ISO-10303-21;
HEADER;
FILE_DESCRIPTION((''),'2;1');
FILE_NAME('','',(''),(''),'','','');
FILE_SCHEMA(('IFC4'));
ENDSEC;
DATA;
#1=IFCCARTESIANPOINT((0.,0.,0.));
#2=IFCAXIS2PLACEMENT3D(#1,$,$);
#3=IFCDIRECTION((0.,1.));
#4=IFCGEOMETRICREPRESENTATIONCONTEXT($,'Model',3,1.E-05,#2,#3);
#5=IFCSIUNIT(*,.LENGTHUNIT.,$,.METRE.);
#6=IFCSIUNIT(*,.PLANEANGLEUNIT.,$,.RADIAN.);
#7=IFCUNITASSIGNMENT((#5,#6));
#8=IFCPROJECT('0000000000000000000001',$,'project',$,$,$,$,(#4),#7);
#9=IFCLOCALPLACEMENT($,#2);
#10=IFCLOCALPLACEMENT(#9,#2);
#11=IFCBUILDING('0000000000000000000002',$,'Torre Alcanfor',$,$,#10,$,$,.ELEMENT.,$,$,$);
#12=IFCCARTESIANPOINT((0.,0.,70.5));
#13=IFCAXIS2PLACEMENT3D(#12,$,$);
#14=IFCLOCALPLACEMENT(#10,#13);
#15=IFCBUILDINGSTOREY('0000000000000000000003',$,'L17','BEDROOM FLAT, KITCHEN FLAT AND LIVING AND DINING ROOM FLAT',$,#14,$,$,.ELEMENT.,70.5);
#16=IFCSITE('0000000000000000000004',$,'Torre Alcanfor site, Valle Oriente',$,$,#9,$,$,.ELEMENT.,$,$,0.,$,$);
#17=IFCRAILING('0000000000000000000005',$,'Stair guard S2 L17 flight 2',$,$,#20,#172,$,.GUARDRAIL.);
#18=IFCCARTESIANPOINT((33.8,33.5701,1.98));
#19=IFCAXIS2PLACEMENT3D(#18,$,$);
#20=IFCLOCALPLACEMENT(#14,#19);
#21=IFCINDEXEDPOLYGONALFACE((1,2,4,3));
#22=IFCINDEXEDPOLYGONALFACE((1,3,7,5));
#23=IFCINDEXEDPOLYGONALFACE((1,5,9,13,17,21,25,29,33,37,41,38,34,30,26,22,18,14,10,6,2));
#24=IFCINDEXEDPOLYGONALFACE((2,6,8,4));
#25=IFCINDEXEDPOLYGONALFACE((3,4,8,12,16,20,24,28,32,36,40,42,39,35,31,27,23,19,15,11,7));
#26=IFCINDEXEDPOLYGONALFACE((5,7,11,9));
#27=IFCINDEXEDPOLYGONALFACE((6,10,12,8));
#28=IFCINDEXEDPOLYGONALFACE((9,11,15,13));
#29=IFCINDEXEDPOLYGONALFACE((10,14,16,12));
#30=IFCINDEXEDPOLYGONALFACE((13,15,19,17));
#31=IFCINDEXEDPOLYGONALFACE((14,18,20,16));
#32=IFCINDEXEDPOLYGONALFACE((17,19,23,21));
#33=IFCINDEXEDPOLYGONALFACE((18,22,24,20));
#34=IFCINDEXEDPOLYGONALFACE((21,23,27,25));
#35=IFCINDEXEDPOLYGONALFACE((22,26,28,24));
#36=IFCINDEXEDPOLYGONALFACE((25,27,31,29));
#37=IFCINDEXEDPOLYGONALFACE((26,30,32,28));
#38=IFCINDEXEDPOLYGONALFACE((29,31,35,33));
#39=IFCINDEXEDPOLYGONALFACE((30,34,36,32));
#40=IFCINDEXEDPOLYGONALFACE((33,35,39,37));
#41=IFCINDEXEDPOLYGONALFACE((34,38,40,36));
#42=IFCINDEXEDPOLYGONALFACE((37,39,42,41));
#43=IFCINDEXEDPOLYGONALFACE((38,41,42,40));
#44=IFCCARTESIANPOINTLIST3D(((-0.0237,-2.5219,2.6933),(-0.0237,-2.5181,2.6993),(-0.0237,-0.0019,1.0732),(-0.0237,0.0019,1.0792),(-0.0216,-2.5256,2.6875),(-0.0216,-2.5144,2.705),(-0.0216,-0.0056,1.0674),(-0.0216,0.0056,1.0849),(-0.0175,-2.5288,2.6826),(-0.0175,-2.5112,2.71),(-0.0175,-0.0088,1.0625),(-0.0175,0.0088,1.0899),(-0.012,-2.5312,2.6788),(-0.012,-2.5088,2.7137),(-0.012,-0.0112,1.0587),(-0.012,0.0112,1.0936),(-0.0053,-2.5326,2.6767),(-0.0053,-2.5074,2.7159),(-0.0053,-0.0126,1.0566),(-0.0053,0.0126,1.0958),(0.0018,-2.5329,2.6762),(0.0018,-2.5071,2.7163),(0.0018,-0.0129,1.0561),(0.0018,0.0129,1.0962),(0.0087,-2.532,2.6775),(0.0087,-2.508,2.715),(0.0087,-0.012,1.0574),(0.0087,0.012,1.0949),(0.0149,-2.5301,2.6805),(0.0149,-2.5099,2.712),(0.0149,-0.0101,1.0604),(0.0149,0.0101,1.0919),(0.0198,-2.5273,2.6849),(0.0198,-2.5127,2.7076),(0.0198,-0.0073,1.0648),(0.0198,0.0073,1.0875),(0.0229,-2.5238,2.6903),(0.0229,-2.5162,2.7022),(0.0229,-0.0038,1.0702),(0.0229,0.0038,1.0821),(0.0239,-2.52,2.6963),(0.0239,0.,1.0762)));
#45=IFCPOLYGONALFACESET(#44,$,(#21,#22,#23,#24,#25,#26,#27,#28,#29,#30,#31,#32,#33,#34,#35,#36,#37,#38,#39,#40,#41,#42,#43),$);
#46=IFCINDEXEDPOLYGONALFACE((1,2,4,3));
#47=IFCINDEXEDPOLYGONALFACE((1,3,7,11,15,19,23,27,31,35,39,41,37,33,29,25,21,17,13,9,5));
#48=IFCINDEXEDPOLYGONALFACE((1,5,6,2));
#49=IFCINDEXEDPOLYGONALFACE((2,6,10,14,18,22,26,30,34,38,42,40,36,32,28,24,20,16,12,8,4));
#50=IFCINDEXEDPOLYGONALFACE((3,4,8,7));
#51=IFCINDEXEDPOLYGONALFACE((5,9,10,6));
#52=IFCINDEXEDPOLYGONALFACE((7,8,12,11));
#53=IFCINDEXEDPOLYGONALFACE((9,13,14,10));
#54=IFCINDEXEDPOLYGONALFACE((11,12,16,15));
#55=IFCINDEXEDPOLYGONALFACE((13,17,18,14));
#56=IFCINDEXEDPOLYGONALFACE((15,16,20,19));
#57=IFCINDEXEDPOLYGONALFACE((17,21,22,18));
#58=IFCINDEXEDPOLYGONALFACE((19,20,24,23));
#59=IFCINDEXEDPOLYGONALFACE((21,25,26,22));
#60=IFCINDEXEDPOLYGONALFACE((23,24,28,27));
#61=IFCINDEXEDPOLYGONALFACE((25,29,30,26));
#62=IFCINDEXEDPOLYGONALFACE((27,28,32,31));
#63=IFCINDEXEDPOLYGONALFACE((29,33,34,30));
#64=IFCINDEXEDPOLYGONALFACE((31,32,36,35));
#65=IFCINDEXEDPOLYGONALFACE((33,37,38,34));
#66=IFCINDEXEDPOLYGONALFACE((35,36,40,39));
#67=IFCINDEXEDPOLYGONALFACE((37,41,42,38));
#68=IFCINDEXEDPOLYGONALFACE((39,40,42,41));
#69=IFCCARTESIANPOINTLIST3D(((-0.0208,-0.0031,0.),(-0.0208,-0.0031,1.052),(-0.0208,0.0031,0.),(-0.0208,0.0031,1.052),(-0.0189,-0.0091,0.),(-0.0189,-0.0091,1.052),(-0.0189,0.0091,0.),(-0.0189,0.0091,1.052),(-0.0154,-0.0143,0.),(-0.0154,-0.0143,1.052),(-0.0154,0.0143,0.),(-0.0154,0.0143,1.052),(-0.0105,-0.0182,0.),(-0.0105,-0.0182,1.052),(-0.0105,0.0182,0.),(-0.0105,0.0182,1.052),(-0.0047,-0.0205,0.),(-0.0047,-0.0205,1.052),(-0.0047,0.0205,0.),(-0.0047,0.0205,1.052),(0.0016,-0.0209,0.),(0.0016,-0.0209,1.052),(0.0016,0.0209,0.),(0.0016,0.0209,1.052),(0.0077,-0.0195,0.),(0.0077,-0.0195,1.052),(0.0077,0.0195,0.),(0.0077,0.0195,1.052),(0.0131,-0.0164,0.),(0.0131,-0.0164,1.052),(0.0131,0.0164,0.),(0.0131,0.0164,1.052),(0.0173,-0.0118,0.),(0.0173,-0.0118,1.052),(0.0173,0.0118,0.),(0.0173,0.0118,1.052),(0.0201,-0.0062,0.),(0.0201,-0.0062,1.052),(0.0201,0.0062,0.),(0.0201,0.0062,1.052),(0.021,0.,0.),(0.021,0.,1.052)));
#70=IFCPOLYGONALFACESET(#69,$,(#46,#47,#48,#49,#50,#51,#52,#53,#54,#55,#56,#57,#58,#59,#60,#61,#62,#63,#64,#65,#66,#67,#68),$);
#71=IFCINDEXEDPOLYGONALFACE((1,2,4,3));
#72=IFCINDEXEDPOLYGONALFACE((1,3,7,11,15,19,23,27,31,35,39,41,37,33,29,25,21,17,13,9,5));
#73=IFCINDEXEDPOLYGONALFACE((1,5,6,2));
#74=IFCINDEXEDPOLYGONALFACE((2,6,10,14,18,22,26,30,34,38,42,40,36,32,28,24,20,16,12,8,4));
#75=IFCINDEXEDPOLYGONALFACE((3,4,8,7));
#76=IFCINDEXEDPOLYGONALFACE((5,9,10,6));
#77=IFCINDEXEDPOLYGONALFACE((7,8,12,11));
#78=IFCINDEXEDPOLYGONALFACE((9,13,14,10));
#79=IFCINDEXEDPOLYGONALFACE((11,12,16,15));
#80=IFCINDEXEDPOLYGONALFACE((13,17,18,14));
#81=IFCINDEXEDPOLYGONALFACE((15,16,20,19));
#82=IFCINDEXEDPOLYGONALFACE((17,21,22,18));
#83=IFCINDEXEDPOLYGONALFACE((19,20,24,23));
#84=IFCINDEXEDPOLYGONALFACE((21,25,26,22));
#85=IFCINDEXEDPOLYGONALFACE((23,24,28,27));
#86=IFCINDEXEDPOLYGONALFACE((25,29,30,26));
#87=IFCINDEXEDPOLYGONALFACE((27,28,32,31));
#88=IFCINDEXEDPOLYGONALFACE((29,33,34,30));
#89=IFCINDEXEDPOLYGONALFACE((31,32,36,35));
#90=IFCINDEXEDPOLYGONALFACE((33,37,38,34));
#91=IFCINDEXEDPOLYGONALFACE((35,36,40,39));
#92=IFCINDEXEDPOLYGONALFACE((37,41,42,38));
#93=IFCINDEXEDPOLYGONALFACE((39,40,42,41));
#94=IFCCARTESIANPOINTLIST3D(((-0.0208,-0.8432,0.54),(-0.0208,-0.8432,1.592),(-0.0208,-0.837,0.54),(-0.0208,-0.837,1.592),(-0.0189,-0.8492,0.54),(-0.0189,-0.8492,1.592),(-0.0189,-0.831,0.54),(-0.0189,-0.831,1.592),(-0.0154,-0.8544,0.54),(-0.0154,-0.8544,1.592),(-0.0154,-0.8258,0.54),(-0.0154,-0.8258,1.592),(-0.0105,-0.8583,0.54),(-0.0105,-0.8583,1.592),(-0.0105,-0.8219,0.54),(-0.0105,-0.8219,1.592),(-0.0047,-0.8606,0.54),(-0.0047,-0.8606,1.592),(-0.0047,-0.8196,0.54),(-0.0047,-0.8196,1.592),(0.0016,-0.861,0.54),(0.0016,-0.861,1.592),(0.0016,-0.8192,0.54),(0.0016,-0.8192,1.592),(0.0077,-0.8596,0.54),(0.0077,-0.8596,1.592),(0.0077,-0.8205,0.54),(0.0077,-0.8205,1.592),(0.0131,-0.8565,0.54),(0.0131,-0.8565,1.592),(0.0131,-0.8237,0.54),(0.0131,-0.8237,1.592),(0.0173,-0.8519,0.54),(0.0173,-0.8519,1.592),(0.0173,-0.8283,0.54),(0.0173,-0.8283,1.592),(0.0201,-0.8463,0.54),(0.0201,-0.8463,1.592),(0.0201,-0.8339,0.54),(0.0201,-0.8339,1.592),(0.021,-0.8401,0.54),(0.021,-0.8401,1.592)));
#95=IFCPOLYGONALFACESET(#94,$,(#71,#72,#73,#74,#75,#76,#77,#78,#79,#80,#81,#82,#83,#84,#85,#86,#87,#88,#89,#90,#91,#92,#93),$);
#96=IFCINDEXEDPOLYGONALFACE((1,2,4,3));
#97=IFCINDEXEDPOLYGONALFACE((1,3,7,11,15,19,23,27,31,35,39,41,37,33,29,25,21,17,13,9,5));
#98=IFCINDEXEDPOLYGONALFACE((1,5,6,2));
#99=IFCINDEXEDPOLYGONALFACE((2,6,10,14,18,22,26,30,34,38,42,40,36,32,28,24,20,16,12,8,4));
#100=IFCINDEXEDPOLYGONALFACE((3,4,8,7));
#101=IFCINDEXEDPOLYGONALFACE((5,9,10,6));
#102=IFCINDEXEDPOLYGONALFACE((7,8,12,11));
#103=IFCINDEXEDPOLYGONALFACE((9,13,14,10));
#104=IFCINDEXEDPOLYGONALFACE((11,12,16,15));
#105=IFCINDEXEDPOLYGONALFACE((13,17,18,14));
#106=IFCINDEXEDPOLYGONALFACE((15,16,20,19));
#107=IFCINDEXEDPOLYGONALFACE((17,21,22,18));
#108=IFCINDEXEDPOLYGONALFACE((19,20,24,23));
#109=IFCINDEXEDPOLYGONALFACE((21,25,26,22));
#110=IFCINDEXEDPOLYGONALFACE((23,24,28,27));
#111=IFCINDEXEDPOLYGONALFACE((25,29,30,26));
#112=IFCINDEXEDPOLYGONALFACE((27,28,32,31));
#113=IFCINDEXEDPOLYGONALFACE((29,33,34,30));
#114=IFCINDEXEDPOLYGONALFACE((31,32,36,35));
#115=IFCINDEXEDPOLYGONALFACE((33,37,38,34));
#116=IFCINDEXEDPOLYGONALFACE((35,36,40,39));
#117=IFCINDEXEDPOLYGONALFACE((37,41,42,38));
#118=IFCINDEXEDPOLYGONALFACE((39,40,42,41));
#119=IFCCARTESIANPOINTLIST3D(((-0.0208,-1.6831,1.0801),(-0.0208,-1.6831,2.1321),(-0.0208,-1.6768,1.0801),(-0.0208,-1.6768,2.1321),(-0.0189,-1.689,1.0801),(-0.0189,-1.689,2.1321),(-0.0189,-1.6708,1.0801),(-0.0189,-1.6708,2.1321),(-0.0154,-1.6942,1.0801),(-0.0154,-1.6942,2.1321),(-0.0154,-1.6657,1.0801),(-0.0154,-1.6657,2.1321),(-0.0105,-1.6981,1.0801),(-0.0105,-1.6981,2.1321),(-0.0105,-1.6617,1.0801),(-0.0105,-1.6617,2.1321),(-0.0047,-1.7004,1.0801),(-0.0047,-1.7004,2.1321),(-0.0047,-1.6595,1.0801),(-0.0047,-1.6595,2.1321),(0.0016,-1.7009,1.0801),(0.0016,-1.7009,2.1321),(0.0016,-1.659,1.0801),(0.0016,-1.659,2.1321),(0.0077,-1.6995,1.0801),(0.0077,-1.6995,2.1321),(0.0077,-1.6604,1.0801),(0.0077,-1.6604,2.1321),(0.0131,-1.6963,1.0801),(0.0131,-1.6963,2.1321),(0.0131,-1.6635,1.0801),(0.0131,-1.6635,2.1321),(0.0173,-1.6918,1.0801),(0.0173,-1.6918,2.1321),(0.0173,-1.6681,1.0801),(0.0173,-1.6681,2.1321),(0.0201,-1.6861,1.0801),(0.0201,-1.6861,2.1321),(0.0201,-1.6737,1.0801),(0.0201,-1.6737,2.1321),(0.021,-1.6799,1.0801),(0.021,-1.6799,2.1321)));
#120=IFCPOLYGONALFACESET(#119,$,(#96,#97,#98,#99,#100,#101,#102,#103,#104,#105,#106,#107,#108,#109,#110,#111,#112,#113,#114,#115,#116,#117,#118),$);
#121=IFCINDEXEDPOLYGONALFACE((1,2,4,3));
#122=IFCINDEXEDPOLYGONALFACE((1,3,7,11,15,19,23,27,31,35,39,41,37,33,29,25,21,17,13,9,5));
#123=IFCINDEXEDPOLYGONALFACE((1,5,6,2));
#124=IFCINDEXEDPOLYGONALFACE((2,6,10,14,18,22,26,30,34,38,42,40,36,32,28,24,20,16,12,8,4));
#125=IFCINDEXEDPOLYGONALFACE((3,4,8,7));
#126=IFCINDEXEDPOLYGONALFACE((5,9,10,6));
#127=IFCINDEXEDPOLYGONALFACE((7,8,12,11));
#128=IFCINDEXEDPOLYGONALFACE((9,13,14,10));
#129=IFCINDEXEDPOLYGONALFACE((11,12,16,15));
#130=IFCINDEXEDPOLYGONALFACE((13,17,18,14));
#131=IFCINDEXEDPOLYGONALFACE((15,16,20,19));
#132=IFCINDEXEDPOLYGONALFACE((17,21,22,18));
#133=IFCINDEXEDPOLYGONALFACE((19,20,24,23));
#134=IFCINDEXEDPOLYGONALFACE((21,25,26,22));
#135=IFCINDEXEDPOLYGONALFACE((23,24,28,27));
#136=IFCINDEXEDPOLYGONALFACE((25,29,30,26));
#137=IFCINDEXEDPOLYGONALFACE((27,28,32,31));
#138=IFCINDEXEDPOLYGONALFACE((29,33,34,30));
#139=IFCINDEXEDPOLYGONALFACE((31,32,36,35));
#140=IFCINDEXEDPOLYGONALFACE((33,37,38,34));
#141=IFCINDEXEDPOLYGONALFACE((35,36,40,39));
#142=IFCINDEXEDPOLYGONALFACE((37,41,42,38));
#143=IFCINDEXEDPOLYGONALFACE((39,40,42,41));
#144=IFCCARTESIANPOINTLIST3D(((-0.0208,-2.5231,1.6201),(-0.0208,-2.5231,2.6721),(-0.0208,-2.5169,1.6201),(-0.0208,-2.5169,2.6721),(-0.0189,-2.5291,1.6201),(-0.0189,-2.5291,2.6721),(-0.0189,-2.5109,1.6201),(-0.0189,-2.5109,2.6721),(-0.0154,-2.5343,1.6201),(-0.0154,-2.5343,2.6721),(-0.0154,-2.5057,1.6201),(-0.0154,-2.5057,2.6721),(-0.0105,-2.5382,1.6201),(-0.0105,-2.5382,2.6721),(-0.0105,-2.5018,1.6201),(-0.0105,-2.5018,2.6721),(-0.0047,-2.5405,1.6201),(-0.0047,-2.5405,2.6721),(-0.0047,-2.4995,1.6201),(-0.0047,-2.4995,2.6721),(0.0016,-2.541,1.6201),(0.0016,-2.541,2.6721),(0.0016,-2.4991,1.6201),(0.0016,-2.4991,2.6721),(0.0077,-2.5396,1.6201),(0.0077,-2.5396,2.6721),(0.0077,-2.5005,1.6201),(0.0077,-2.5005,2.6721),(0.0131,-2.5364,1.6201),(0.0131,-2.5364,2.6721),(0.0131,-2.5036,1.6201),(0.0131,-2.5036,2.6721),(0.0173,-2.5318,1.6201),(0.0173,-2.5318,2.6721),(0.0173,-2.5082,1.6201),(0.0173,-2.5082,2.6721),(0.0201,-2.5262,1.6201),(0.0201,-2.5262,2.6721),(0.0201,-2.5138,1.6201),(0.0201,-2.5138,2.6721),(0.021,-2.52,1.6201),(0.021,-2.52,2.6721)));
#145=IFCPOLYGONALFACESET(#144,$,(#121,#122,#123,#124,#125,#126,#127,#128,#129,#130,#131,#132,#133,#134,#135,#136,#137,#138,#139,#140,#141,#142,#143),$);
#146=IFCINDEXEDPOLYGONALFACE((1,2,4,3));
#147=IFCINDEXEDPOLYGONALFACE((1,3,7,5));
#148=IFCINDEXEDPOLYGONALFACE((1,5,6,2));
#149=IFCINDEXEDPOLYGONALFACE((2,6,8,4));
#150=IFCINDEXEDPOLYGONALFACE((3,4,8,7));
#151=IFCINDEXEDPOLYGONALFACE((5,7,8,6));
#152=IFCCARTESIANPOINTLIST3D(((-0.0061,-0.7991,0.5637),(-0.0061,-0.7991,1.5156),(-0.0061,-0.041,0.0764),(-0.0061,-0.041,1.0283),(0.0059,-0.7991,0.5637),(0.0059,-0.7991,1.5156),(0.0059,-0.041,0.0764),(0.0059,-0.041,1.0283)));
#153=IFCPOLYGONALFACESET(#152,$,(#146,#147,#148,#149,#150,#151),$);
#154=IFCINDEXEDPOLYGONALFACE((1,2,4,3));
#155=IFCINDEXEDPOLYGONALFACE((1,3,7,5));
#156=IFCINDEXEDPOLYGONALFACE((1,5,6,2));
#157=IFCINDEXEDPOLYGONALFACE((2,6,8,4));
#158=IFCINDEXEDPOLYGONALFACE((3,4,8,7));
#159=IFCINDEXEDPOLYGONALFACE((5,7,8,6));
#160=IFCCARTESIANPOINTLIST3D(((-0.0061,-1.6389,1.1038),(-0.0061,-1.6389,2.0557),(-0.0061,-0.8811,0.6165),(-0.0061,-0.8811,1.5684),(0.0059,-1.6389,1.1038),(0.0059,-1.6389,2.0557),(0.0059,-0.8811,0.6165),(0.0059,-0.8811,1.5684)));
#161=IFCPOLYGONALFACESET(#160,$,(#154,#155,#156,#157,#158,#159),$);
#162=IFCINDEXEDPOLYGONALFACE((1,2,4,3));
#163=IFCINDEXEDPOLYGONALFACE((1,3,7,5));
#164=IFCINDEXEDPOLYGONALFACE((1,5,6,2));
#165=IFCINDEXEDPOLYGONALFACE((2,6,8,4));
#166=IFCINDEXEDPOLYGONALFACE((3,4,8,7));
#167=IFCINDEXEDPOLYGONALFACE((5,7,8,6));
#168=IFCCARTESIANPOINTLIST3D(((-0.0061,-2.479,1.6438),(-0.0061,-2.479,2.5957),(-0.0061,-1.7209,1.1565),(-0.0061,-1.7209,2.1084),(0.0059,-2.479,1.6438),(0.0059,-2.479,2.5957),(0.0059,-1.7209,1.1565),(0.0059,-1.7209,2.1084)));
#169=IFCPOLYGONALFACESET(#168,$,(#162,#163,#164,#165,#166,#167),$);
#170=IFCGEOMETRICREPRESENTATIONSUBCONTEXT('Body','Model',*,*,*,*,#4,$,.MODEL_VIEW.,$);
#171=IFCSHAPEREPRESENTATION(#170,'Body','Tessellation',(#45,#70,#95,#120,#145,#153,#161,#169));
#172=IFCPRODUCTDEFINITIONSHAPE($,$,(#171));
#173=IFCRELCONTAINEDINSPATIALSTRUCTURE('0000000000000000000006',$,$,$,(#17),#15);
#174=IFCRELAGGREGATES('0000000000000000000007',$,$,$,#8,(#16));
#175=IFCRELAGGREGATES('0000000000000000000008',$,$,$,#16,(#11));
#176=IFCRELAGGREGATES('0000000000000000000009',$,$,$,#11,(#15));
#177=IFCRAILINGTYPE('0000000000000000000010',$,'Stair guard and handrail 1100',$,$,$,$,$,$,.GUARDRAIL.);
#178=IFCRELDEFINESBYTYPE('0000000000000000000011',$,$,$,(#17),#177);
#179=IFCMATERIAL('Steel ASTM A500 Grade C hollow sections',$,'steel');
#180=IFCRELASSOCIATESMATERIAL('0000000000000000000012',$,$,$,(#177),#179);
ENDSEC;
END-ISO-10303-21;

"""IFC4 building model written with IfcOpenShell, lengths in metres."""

from ifc_helpers import new_model, si_unit, direction, frame, origin, origin_2d, place, context, subcontext, project, spatial, polyline, circle, outline, extrude, material, type_object, element, save


model = new_model("IFC4")

# Units and contexts
model_context = context("Model", 3, precision=1e-05, world=origin(), true_north=direction((0.0, 1.0)))
body_context = subcontext(model_context, "Body", "Model", "MODEL_VIEW")
ifc_project = project(units=[si_unit("LENGTHUNIT", "METRE"), si_unit("PLANEANGLEUNIT", "RADIAN")], contexts=[model_context])

# Site, building, storey
site_placement = place(None, origin())
site = spatial("IfcSite", under=ifc_project, at=site_placement, Name="Torre Alcanfor site, Valle Oriente", CompositionType="ELEMENT", RefElevation=0.0)
building_placement = place(site_placement, origin())
building = spatial("IfcBuilding", under=site, at=building_placement, Name="Torre Alcanfor", CompositionType="ELEMENT")
storey_placement = place(building_placement, frame((0.0, 0.0, 70.5)))
storey = spatial("IfcBuildingStorey", under=building, at=storey_placement, Name="L17", Description="BEDROOM FLAT, KITCHEN FLAT AND LIVING AND DINING ROOM FLAT", CompositionType="ELEMENT", Elevation=70.5)

# Railing
ifc_material_1 = material(Name="Steel ASTM A500 Grade C hollow sections", Category="steel")
railing_type_1 = type_object("IfcRailingType", Name="Stair guard and handrail 1100", PredefinedType="GUARDRAIL", material=ifc_material_1)
railing_1_placement = place(storey_placement, frame((33.8, 33.5701, 1.98)))
element("IfcRailing", 1, at=railing_1_placement, inside=storey, type_object=railing_type_1, Name="Stair guard S2 L17 flight 2", PredefinedType="GUARDRAIL", context=body_context, shape_type="SweptSolid", body=[
    extrude(circle(Radius=0.0239, at=origin_2d()), frame((0.0, 0.0, 1.0762), z_axis=(0.0, -0.841163, 0.540782), x_axis=(1.0, 0.0, 0.0)), (0.0, 0.0, 1.0), 2.9958),
    extrude(circle(Radius=0.021, at=origin_2d()), origin(), (0.0, 0.0, 1.0), 1.052),
    extrude(circle(Radius=0.021, at=origin_2d()), frame((0.0, -0.8401, 0.54)), (0.0, 0.0, 1.0), 1.052),
    extrude(circle(Radius=0.021, at=origin_2d()), frame((0.0, -1.6799, 1.0801)), (0.0, 0.0, 1.0), 1.052),
    extrude(circle(Radius=0.021, at=origin_2d()), frame((0.0, -2.52, 1.6201)), (0.0, 0.0, 1.0), 1.052),
    extrude(outline(polyline([(0.041, 0.0764), (0.7991, 0.5637), (0.7991, 1.5156), (0.041, 1.0283), (0.041, 0.0764)])), frame((0.0059, 0.0, 0.0), z_axis=(-1.0, 0.0, 0.0), x_axis=(0.0, -1.0, 0.0)), (0.0, 0.0, 1.0), 0.012),
    extrude(outline(polyline([(0.8811, 0.6165), (1.6389, 1.1038), (1.6389, 2.0557), (0.8811, 1.5684), (0.8811, 0.6165)])), frame((0.0059, 0.0, 0.0), z_axis=(-1.0, 0.0, 0.0), x_axis=(0.0, -1.0, 0.0)), (0.0, 0.0, 1.0), 0.012),
    extrude(outline(polyline([(1.7209, 1.1565), (2.479, 1.6438), (2.479, 2.5957), (1.7209, 2.1084), (1.7209, 1.1565)])), frame((0.0059, 0.0, 0.0), z_axis=(-1.0, 0.0, 0.0), x_axis=(0.0, -1.0, 0.0)), (0.0, 0.0, 1.0), 0.012),
])

save(model, "model.ifc")
